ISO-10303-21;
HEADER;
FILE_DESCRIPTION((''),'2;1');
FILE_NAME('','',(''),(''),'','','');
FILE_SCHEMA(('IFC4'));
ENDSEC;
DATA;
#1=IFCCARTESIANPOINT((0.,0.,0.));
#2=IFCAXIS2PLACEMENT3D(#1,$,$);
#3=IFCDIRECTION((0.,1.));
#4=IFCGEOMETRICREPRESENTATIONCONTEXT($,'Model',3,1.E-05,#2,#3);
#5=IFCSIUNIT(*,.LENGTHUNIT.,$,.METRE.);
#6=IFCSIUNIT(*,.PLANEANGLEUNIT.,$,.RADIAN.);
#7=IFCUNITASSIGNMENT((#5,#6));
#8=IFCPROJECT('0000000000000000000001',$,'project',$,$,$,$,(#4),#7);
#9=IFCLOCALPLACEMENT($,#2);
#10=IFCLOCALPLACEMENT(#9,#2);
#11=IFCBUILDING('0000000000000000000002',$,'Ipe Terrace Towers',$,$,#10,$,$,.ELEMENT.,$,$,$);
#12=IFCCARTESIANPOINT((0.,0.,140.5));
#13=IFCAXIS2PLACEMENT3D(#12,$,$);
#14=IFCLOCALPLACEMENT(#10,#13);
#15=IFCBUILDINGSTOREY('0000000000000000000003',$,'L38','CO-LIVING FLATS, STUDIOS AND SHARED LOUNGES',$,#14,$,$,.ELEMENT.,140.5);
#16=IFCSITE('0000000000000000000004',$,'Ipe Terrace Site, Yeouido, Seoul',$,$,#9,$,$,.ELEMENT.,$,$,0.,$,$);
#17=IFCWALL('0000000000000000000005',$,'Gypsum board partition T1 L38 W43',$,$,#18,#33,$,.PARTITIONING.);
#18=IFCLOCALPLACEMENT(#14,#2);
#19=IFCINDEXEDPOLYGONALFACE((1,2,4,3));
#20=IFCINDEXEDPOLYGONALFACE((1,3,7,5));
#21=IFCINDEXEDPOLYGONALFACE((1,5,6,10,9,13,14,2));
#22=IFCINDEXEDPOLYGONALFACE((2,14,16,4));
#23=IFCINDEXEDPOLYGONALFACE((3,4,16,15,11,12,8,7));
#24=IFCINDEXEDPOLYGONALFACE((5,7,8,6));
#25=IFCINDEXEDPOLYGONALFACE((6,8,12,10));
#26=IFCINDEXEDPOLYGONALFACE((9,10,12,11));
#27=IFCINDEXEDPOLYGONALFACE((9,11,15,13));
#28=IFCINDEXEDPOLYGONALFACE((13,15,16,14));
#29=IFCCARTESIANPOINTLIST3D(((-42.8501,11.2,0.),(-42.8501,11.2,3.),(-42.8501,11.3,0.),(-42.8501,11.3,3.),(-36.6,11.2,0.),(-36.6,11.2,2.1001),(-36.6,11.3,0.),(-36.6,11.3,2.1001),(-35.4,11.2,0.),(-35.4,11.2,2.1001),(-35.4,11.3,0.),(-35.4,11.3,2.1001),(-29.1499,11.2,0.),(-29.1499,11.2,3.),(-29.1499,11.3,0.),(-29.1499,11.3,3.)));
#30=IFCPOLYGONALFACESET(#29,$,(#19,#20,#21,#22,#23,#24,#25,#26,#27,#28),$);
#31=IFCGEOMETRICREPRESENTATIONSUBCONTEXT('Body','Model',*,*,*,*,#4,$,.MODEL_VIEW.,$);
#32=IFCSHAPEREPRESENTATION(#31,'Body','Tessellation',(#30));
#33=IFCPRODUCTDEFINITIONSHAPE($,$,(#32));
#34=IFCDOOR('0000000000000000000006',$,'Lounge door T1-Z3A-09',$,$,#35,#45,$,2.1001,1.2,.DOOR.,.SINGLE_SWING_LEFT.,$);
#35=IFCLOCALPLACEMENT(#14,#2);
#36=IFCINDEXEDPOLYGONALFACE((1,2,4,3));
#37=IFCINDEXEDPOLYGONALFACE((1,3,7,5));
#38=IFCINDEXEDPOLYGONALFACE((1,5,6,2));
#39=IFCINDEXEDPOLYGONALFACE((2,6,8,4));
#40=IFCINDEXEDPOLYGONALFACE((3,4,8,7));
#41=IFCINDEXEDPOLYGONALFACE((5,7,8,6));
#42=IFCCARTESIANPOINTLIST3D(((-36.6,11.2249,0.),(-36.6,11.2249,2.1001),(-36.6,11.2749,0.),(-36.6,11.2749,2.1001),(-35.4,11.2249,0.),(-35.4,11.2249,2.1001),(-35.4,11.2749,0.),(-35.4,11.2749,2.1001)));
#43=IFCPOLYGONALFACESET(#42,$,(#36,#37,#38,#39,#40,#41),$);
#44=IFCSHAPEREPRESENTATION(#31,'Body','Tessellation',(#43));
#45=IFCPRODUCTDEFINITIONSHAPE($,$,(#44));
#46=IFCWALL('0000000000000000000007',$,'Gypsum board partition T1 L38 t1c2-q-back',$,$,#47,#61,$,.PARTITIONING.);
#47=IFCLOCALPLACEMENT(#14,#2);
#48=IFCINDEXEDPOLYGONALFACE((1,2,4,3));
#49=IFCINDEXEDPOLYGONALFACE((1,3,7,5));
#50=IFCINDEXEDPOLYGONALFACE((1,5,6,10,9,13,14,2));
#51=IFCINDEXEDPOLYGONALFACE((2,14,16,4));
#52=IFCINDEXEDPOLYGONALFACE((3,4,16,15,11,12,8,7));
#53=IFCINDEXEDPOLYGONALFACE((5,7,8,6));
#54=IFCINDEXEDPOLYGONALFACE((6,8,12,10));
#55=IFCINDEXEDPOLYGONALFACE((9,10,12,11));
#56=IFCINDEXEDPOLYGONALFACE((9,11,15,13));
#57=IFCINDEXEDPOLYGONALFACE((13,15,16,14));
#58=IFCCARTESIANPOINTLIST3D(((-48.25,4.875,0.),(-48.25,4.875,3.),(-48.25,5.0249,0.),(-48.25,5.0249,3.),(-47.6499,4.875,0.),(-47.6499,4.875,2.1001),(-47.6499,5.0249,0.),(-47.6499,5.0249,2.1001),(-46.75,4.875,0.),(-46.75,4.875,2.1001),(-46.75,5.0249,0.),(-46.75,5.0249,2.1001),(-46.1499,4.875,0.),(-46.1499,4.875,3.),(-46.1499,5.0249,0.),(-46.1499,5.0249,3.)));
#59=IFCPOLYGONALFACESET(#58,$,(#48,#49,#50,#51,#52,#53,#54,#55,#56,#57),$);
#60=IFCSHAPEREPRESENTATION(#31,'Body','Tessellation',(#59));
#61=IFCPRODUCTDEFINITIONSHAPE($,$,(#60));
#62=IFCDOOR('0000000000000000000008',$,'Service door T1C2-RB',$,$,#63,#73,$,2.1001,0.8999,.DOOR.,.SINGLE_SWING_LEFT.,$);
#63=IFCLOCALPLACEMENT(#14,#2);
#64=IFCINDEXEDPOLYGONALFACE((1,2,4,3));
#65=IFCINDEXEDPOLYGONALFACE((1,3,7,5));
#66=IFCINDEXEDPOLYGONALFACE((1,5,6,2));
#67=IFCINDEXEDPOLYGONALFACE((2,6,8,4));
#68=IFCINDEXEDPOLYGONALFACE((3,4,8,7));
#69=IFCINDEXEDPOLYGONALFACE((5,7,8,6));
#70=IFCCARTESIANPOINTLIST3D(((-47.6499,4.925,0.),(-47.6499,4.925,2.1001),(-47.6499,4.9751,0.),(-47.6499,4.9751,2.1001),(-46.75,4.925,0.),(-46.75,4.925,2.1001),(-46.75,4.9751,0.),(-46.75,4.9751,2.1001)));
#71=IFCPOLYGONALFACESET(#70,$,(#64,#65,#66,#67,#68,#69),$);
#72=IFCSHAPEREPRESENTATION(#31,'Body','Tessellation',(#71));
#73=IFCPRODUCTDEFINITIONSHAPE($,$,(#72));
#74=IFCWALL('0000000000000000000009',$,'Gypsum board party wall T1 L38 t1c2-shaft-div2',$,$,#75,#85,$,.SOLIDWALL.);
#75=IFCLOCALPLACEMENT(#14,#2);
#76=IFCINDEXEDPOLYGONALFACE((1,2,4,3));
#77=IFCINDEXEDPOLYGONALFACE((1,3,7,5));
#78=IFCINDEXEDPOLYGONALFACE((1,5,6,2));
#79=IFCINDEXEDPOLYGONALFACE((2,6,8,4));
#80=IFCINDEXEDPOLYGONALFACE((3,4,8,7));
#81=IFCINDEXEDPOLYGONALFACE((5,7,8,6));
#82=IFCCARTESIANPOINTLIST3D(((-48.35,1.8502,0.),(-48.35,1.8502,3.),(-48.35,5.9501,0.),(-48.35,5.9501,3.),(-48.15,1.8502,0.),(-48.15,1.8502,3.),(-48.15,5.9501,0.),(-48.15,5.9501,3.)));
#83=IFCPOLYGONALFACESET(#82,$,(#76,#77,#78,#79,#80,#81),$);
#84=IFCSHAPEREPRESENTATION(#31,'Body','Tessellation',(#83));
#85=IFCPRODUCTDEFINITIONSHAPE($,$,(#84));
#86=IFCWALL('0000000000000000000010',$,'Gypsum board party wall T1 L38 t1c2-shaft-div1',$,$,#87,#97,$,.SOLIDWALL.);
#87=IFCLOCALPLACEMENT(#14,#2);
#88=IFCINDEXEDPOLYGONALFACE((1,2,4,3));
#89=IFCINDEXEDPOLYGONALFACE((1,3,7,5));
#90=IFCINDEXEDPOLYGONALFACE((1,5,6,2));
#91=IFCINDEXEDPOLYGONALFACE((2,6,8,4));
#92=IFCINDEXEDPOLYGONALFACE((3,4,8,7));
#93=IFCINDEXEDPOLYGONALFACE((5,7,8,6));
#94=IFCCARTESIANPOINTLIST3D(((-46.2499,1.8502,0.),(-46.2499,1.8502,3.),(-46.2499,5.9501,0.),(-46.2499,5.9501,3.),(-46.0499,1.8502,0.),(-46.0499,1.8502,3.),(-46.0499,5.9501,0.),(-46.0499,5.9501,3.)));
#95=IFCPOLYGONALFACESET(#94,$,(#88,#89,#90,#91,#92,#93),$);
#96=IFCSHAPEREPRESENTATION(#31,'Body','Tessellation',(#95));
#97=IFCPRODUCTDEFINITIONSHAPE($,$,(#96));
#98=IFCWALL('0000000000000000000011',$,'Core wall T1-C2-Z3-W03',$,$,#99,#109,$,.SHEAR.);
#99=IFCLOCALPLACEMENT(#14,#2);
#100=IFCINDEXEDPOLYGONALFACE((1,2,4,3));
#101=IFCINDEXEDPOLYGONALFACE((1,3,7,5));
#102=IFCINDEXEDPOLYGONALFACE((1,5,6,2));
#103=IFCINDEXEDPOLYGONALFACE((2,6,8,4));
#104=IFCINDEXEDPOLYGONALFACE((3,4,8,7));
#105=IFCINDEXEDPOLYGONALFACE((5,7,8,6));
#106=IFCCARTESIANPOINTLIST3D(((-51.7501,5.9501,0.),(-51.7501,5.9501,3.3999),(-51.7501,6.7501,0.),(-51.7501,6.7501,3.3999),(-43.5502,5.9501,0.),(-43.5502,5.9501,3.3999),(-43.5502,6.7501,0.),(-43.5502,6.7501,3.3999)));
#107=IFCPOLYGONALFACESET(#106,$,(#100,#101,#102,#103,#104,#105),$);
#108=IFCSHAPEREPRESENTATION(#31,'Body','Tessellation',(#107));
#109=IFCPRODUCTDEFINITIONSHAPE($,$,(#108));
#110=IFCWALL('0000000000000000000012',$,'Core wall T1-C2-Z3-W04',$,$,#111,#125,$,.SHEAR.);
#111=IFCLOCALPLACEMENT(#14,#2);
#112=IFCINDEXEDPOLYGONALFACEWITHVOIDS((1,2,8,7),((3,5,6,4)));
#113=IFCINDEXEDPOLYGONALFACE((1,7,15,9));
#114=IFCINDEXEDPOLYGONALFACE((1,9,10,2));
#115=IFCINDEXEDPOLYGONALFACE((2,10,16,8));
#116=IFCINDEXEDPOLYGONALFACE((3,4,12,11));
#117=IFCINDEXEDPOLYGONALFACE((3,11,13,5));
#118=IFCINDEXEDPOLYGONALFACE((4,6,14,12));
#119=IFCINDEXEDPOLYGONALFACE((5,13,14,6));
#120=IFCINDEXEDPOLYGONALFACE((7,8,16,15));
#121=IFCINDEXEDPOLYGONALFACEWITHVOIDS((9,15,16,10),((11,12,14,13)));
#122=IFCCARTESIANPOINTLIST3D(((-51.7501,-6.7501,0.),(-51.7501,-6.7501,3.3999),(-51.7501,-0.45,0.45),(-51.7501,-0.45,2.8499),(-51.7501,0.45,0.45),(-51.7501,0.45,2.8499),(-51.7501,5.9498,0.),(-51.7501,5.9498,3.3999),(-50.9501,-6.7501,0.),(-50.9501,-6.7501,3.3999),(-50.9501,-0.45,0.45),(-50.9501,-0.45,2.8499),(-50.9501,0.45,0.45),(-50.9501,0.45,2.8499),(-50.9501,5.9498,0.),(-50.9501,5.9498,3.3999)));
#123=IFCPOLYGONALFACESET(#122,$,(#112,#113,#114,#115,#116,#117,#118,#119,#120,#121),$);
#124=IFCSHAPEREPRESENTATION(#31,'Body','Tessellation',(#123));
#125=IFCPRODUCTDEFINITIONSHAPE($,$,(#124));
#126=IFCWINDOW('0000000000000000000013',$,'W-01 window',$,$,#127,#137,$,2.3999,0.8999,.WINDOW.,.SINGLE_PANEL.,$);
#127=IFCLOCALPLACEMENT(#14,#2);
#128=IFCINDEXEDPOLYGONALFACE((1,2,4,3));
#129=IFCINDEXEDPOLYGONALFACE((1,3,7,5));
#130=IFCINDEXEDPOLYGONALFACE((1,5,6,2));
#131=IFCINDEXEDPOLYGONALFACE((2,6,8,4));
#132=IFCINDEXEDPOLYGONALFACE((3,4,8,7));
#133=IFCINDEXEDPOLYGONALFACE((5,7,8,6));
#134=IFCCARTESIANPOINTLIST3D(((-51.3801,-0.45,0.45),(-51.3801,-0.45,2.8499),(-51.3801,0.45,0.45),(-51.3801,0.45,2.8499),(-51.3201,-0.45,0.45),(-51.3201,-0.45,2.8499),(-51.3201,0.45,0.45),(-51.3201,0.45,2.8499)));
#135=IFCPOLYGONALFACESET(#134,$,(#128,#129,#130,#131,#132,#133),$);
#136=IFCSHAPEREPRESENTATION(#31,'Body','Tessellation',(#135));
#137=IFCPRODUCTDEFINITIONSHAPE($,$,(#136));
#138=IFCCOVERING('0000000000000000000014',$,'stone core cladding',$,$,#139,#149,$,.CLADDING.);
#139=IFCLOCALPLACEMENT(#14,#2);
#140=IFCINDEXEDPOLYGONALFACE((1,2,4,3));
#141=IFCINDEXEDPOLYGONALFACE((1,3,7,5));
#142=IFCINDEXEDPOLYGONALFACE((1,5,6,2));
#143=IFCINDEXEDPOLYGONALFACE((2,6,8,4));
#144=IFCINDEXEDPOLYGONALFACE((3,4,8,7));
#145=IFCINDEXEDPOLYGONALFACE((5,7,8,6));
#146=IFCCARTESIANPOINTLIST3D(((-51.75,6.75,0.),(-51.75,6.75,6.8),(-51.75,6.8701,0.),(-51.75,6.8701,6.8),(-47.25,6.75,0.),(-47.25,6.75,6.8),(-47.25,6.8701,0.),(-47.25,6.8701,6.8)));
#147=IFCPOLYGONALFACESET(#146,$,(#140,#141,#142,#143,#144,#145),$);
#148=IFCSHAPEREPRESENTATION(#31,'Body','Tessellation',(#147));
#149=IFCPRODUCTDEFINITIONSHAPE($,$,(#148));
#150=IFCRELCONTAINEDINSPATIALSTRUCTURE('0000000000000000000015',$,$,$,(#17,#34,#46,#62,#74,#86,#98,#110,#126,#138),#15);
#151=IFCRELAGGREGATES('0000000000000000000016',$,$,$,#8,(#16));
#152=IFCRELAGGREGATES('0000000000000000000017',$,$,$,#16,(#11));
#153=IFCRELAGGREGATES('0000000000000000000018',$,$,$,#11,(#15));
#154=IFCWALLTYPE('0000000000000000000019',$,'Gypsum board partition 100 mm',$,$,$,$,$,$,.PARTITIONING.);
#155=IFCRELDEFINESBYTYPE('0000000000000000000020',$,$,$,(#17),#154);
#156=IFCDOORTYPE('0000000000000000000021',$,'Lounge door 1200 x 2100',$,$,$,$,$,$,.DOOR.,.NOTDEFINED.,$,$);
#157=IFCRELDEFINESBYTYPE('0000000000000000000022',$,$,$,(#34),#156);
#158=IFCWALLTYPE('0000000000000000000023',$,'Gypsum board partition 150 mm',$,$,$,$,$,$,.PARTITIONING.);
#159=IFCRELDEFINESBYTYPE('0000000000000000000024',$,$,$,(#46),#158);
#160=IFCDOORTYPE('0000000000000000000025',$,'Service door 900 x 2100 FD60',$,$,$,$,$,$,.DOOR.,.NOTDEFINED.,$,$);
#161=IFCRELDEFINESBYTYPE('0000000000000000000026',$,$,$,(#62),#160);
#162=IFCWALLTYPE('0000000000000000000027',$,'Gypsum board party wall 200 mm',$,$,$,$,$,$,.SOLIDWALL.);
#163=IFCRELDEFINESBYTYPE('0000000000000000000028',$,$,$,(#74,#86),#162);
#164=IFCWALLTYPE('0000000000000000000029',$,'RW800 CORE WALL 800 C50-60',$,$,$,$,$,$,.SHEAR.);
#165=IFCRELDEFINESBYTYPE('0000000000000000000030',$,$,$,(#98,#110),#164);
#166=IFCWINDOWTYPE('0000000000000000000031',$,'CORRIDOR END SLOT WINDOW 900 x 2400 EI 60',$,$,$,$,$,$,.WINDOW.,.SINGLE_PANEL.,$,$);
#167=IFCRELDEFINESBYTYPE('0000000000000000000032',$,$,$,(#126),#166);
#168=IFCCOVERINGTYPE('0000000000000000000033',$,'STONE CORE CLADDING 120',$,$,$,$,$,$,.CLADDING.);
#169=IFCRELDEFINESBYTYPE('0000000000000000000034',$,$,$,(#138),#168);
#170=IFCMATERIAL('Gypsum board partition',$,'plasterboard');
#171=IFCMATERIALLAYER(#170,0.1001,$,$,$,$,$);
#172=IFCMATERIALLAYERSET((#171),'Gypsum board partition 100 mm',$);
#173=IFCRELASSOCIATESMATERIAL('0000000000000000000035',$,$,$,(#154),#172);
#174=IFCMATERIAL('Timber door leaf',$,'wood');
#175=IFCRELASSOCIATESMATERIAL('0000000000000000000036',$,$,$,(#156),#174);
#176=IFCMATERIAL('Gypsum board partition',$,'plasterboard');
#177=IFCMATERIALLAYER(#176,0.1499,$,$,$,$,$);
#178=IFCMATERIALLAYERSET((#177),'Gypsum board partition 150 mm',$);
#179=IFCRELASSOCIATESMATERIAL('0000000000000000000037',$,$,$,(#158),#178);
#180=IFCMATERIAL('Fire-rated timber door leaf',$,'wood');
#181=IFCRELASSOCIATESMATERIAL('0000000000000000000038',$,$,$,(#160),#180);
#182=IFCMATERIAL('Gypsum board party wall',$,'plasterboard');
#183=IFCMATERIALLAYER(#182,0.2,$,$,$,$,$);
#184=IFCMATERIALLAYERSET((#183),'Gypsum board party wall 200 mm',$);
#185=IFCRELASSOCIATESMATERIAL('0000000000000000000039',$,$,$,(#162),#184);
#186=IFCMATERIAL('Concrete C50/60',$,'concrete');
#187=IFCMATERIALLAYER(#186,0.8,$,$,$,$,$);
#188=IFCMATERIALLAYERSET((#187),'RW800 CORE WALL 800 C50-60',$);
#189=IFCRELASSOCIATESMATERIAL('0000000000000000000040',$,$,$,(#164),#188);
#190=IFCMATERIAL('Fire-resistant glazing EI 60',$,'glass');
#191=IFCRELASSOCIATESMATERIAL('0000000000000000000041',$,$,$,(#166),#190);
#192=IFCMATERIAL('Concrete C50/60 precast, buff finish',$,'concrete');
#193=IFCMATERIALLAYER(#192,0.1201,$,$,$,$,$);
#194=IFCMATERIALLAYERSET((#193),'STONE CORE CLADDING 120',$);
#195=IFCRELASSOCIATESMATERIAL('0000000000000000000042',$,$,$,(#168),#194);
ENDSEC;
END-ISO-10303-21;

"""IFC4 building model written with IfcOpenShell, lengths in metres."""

from ifc_helpers import new_model, si_unit, direction, frame, frame_2d, origin, origin_2d, place, context, subcontext, project, spatial, rectangle, extrude, material, layer, layer_set, type_object, element, fill, save


model = new_model("IFC4")

# Units and contexts
model_context = context("Model", 3, precision=1e-05, world=origin(), true_north=direction((0.0, 1.0)))
body_context = subcontext(model_context, "Body", "Model", "MODEL_VIEW")
ifc_project = project(units=[si_unit("LENGTHUNIT", "METRE"), si_unit("PLANEANGLEUNIT", "RADIAN")], contexts=[model_context])

# Site, building, storey
site_placement = place(None, origin())
site = spatial("IfcSite", under=ifc_project, at=site_placement, Name="Ipe Terrace Site, Yeouido, Seoul", CompositionType="ELEMENT", RefElevation=0.0)
building_placement = place(site_placement, origin())
building = spatial("IfcBuilding", under=site, at=building_placement, Name="Ipe Terrace Towers", CompositionType="ELEMENT")
storey_placement = place(building_placement, frame((0.0, 0.0, 140.5)))
storey = spatial("IfcBuildingStorey", under=building, at=storey_placement, Name="L38", Description="CO-LIVING FLATS, STUDIOS AND SHARED LOUNGES", CompositionType="ELEMENT", Elevation=140.5)

# Shared definitions
ifc_material_1 = material(Name="Gypsum board partition", Category="plasterboard")
ifc_layer_1 = layer(ifc_material_1, 0.1001)
ifc_layer_set_1 = layer_set([ifc_layer_1], Name="Gypsum board partition 100 mm")
wall_type_1 = type_object("IfcWallType", Name="Gypsum board partition 100 mm", PredefinedType="PARTITIONING", material=ifc_layer_set_1)

# Walls, openings, doors
wall_1_placement = place(storey_placement, frame((-42.8501, 11.25, 0.0), z_axis=(0.0, 0.0, 1.0), x_axis=(1.0, 0.0, 0.0)))
wall_1 = element("IfcWall", 1, at=wall_1_placement, inside=storey, type_object=wall_type_1, Name="Gypsum board partition T1 L38 W43", PredefinedType="PARTITIONING", context=body_context, shape_type="SweptSolid", body=[
    extrude(rectangle(XDim=13.7002, YDim=0.1001, at=frame_2d((6.8501, 0.0))), origin(), (0.0, 0.0, 1.0), 3.0),
])
opening_1_placement = place(wall_1_placement, frame((6.25, 0.0, 0.0)))
opening_1 = element("IfcOpeningElement", 2, at=opening_1_placement, cuts=wall_1, PredefinedType="OPENING", context=body_context, shape_type="SweptSolid", body=[
    extrude(rectangle(XDim=1.2, YDim=2.1001, at=frame_2d((0.6001, 1.05))), frame((0.0, 0.0601, 0.0), z_axis=(0.0, -1.0, 0.0), x_axis=(1.0, 0.0, 0.0)), (0.0, 0.0, 1.0), 0.1201),
])
ifc_material_2 = material(Name="Timber door leaf", Category="wood")
door_type_1 = type_object("IfcDoorType", Name="Lounge door 1200 x 2100", OperationType="NOTDEFINED", PredefinedType="DOOR", material=ifc_material_2)
door_1_placement = place(opening_1_placement, origin())
door_1 = element("IfcDoor", 3, at=door_1_placement, inside=storey, type_object=door_type_1, Name="Lounge door T1-Z3A-09", OperationType="SINGLE_SWING_LEFT", OverallHeight=2.1001, OverallWidth=1.2, PredefinedType="DOOR", context=body_context, shape_type="SweptSolid", body=[
    extrude(rectangle(XDim=1.2, YDim=2.1001, at=frame_2d((0.6001, 1.05))), frame((0.0, 0.0249, 0.0), z_axis=(0.0, -1.0, 0.0), x_axis=(1.0, 0.0, 0.0)), (0.0, 0.0, 1.0), 0.05),
])
fill(opening_1, door_1)
ifc_material_3 = material(Name="Gypsum board partition", Category="plasterboard")
ifc_layer_2 = layer(ifc_material_3, 0.1499)
ifc_layer_set_2 = layer_set([ifc_layer_2], Name="Gypsum board partition 150 mm")
wall_type_2 = type_object("IfcWallType", Name="Gypsum board partition 150 mm", PredefinedType="PARTITIONING", material=ifc_layer_set_2)
wall_2_placement = place(storey_placement, frame((-46.1499, 4.95, 0.0), z_axis=(0.0, 0.0, 1.0), x_axis=(-1.0, 0.0, 0.0)))
wall_2 = element("IfcWall", 4, at=wall_2_placement, inside=storey, type_object=wall_type_2, Name="Gypsum board partition T1 L38 t1c2-q-back", PredefinedType="PARTITIONING", context=body_context, shape_type="SweptSolid", body=[
    extrude(rectangle(XDim=2.1001, YDim=0.1499, at=frame_2d((1.05, 0.0))), origin(), (0.0, 0.0, 1.0), 3.0),
])
opening_2_placement = place(wall_2_placement, frame((0.6001, 0.0, 0.0)))
opening_2 = element("IfcOpeningElement", 5, at=opening_2_placement, cuts=wall_2, PredefinedType="OPENING", context=body_context, shape_type="SweptSolid", body=[
    extrude(rectangle(XDim=0.8999, YDim=2.1001, at=frame_2d((0.45, 1.05))), frame((0.0, 0.085, 0.0), z_axis=(0.0, -1.0, 0.0), x_axis=(1.0, 0.0, 0.0)), (0.0, 0.0, 1.0), 0.1699),
])
ifc_material_4 = material(Name="Fire-rated timber door leaf", Category="wood")
door_type_2 = type_object("IfcDoorType", Name="Service door 900 x 2100 FD60", OperationType="NOTDEFINED", PredefinedType="DOOR", material=ifc_material_4)
door_2_placement = place(opening_2_placement, origin())
door_2 = element("IfcDoor", 6, at=door_2_placement, inside=storey, type_object=door_type_2, Name="Service door T1C2-RB", OperationType="SINGLE_SWING_LEFT", OverallHeight=2.1001, OverallWidth=0.8999, PredefinedType="DOOR", context=body_context, shape_type="SweptSolid", body=[
    extrude(rectangle(XDim=0.8999, YDim=2.1001, at=frame_2d((0.45, 1.05))), frame((0.0, 0.0249, 0.0), z_axis=(0.0, -1.0, 0.0), x_axis=(1.0, 0.0, 0.0)), (0.0, 0.0, 1.0), 0.05),
])
fill(opening_2, door_2)

# Walls
ifc_material_5 = material(Name="Gypsum board party wall", Category="plasterboard")
ifc_layer_3 = layer(ifc_material_5, 0.2)
ifc_layer_set_3 = layer_set([ifc_layer_3], Name="Gypsum board party wall 200 mm")
wall_type_3 = type_object("IfcWallType", Name="Gypsum board party wall 200 mm", PredefinedType="SOLIDWALL", material=ifc_layer_set_3)
for number, where, z_axis, x_axis, name in (
    (7, (-48.25, 5.95, 0.0), (0.0, 0.0, 1.0), (0.0, -1.0, 0.0), "Gypsum board party wall T1 L38 t1c2-shaft-div2"),
    (8, (-46.1499, 5.95, 0.0), (0.0, 0.0, 1.0), (0.0, -1.0, 0.0), "Gypsum board party wall T1 L38 t1c2-shaft-div1"),
):
    element("IfcWall", number, at=place(storey_placement, frame(where, z_axis=z_axis, x_axis=x_axis)), inside=storey, type_object=wall_type_3, Name=name, PredefinedType="SOLIDWALL", context=body_context, shape_type="SweptSolid", body=[
        extrude(rectangle(XDim=4.0999, YDim=0.2, at=frame_2d((2.0498, 0.0))), origin(), (0.0, 0.0, 1.0), 3.0),
    ])
ifc_material_6 = material(Name="Concrete C50/60", Category="concrete")
ifc_layer_4 = layer(ifc_material_6, 0.8)
ifc_layer_set_4 = layer_set([ifc_layer_4], Name="RW800 CORE WALL 800 C50-60")
wall_type_4 = type_object("IfcWallType", Name="RW800 CORE WALL 800 C50-60", PredefinedType="SHEAR", material=ifc_layer_set_4)
wall_3_placement = place(storey_placement, frame((-43.55, 6.3501, 0.0), z_axis=(0.0, 0.0, 1.0), x_axis=(-1.0, 0.0, 0.0)))
element("IfcWall", 9, at=wall_3_placement, inside=storey, type_object=wall_type_4, Name="Core wall T1-C2-Z3-W03", PredefinedType="SHEAR", context=body_context, shape_type="SweptSolid", body=[
    extrude(rectangle(XDim=8.2, YDim=0.8, at=frame_2d((4.1001, 0.0))), origin(), (0.0, 0.0, 1.0), 3.3999),
])

# Wall, opening, window
wall_4_placement = place(storey_placement, frame((-51.3501, 5.95, 0.0), z_axis=(0.0, 0.0, 1.0), x_axis=(0.0, -1.0, 0.0)))
wall_4 = element("IfcWall", 10, at=wall_4_placement, inside=storey, type_object=wall_type_4, Name="Core wall T1-C2-Z3-W04", PredefinedType="SHEAR", context=body_context, shape_type="SweptSolid", body=[
    extrude(rectangle(XDim=12.7, YDim=0.8, at=frame_2d((6.3501, 0.0))), origin(), (0.0, 0.0, 1.0), 3.3999),
])
opening_3_placement = place(wall_4_placement, frame((5.5, 0.0, 0.45)))
opening_3 = element("IfcOpeningElement", 11, at=opening_3_placement, cuts=wall_4, PredefinedType="OPENING", context=body_context, shape_type="SweptSolid", body=[
    extrude(rectangle(XDim=0.8999, YDim=2.3999, at=frame_2d((0.45, 1.2))), frame((0.0, 0.4102, 0.0), z_axis=(0.0, -1.0, 0.0), x_axis=(1.0, 0.0, 0.0)), (0.0, 0.0, 1.0), 0.8201),
])
ifc_material_7 = material(Name="Fire-resistant glazing EI 60", Category="glass")
window_type = type_object("IfcWindowType", Name="CORRIDOR END SLOT WINDOW 900 x 2400 EI 60", PartitioningType="SINGLE_PANEL", PredefinedType="WINDOW", material=ifc_material_7)
window_placement = place(opening_3_placement, origin())
window = element("IfcWindow", 12, at=window_placement, inside=storey, type_object=window_type, Name="W-01 window", OverallHeight=2.3999, OverallWidth=0.8999, PartitioningType="SINGLE_PANEL", PredefinedType="WINDOW", context=body_context, shape_type="SweptSolid", body=[
    extrude(rectangle(XDim=0.8999, YDim=2.3999, at=frame_2d((0.45, 1.2))), frame((0.0, 0.03, 0.0), z_axis=(0.0, -1.0, 0.0), x_axis=(1.0, 0.0, 0.0)), (0.0, 0.0, 1.0), 0.0601),
])
fill(opening_3, window)

# Covering
ifc_material_8 = material(Name="Concrete C50/60 precast, buff finish", Category="concrete")
ifc_layer_5 = layer(ifc_material_8, 0.1201)
ifc_layer_set_5 = layer_set([ifc_layer_5], Name="STONE CORE CLADDING 120")
covering_type = type_object("IfcCoveringType", Name="STONE CORE CLADDING 120", PredefinedType="CLADDING", material=ifc_layer_set_5)
covering_placement = place(storey_placement, frame((-49.5, 6.8101, 0.0), z_axis=(0.0, 0.0, 1.0), x_axis=(-1.0, 0.0, 0.0)))
element("IfcCovering", 13, at=covering_placement, inside=storey, type_object=covering_type, Name="stone core cladding", PredefinedType="CLADDING", context=body_context, shape_type="SweptSolid", body=[
    extrude(rectangle(XDim=4.5, YDim=0.1201, at=origin_2d()), origin(), (0.0, 0.0, 1.0), 6.8),
])

save(model, "model.ifc")
